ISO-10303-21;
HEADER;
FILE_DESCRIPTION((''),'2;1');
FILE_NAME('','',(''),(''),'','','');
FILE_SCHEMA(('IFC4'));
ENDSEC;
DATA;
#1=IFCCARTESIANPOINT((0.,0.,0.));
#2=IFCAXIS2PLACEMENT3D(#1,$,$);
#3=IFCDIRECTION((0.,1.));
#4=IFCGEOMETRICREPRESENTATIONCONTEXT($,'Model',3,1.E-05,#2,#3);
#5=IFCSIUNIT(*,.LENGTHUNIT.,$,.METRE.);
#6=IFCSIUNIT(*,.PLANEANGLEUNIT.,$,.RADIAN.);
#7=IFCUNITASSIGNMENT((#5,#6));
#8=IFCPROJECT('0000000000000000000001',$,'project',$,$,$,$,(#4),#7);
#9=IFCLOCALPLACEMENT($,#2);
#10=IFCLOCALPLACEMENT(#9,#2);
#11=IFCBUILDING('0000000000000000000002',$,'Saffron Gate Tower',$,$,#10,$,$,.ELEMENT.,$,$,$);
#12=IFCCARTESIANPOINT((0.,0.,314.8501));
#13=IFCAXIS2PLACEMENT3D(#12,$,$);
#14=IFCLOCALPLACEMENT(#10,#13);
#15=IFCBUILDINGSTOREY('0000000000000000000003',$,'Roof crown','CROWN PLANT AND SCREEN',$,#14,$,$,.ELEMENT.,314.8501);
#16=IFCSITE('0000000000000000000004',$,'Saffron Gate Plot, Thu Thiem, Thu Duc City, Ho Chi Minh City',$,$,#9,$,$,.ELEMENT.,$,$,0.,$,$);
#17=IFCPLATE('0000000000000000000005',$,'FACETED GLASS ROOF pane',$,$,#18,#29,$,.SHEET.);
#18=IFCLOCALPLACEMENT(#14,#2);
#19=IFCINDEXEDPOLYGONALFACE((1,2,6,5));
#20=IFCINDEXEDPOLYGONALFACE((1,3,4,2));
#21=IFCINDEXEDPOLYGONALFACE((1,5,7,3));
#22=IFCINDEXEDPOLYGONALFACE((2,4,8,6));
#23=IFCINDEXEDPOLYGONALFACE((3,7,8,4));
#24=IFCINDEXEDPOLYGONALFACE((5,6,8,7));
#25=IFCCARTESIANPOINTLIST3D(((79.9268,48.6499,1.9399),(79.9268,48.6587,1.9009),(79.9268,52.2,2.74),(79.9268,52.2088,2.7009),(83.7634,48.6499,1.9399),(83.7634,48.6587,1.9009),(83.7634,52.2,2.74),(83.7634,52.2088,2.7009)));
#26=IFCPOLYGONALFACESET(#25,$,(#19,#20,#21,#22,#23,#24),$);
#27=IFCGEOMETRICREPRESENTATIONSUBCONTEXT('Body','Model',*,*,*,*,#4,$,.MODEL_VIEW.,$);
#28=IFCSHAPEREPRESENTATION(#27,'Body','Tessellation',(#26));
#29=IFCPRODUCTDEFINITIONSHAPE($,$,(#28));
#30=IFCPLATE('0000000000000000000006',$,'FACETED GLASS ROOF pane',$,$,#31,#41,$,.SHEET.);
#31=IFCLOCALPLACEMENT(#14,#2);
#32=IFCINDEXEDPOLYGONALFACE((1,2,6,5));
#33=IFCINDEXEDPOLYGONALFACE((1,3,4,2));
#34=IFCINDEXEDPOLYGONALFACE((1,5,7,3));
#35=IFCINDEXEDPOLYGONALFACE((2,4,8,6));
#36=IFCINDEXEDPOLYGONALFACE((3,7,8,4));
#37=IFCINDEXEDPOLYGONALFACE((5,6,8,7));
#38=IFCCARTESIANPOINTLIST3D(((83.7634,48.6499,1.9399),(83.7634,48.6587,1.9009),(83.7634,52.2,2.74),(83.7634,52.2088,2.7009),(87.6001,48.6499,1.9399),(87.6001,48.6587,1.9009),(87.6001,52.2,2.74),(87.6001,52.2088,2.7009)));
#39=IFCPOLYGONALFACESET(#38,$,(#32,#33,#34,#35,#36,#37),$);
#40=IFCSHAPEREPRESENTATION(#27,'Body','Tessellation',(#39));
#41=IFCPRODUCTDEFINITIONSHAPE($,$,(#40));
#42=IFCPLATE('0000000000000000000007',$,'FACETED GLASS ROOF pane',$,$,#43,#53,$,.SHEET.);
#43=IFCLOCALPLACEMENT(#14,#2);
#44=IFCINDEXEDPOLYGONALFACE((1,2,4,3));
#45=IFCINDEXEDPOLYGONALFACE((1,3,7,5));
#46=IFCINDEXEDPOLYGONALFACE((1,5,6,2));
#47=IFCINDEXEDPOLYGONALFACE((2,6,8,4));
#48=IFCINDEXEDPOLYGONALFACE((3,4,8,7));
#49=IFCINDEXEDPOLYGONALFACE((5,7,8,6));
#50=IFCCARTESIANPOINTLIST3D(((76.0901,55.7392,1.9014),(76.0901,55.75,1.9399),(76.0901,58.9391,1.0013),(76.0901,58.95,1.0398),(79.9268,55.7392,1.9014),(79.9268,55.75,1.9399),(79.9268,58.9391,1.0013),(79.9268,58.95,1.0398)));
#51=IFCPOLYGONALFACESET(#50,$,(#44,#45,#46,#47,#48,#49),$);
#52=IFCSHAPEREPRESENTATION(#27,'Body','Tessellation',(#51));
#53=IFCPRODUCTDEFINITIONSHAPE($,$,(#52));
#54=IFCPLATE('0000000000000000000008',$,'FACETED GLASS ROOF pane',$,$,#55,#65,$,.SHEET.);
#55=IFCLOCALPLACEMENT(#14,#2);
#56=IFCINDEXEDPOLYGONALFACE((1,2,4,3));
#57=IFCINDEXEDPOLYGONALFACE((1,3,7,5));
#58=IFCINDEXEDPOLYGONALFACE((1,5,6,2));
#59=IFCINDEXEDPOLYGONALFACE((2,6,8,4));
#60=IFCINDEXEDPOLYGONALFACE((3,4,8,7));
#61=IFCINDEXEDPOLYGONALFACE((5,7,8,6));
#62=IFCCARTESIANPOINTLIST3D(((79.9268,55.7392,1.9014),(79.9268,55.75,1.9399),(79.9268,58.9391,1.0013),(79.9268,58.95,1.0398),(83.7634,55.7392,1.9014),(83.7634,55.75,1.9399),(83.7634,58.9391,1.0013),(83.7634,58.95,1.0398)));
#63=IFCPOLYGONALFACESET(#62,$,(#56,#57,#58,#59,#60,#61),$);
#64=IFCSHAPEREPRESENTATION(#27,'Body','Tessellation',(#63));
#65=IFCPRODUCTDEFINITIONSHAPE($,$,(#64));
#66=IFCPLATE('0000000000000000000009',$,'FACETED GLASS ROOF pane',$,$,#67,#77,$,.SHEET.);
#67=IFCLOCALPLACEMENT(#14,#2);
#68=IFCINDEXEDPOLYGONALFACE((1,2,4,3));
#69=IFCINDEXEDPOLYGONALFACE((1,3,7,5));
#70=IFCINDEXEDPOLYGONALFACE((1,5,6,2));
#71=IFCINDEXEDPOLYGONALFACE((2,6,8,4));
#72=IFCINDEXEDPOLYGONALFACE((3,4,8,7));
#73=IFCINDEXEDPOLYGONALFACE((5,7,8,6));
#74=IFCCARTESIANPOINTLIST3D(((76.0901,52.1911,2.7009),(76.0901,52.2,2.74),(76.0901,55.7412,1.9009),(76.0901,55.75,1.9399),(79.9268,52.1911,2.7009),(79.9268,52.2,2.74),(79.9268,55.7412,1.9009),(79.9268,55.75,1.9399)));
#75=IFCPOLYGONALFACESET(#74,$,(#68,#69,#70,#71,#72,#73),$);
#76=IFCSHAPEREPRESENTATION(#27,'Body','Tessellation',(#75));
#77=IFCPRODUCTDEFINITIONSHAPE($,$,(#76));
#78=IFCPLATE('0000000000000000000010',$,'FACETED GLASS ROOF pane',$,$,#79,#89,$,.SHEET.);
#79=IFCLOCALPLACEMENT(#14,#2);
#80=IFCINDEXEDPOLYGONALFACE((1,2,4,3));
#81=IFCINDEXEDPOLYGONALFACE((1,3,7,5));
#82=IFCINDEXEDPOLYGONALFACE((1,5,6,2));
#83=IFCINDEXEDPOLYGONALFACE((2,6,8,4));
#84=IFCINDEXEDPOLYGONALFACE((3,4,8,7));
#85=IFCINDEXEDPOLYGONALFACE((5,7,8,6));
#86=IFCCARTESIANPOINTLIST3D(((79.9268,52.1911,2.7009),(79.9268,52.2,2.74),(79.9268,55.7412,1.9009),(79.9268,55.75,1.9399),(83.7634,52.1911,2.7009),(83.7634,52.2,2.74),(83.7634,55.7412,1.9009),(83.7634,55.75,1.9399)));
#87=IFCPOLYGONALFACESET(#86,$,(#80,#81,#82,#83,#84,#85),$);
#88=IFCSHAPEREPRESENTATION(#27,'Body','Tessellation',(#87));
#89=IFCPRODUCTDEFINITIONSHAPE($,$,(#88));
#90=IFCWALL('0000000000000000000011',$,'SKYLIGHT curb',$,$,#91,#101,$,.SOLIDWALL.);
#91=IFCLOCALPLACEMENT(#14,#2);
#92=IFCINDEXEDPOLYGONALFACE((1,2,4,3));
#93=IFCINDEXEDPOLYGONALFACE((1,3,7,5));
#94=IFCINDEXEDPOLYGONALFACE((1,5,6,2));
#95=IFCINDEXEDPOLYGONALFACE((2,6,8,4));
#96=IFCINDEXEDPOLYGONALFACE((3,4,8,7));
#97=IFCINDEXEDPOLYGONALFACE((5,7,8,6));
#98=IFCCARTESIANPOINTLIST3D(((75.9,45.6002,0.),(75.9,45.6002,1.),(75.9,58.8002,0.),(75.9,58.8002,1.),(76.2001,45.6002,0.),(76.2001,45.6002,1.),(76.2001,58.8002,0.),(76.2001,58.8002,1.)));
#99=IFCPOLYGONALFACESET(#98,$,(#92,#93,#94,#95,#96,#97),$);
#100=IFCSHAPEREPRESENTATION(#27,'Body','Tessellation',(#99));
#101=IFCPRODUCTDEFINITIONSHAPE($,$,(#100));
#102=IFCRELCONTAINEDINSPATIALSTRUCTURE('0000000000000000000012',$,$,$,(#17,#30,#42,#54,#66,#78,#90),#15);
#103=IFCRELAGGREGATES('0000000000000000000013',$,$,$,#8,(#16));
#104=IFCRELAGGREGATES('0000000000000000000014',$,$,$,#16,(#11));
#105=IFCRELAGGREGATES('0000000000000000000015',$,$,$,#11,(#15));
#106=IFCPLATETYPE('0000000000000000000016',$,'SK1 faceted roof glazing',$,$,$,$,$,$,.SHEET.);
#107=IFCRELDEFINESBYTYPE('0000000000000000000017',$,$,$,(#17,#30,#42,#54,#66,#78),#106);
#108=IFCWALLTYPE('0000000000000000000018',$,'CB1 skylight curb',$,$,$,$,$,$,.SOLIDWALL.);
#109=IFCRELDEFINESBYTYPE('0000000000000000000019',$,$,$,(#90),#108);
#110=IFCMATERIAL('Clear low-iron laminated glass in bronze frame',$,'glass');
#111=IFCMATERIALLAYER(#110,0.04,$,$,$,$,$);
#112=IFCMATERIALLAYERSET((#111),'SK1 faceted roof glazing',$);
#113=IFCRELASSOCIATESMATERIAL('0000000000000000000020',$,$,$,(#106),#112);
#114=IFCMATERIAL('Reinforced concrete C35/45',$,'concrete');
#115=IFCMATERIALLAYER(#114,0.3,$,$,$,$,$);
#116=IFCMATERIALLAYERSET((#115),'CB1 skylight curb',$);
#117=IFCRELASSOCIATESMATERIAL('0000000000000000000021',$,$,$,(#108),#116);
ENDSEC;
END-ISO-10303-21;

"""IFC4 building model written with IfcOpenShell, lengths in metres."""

from ifc_helpers import new_model, si_unit, direction, frame, frame_2d, origin, place, context, subcontext, project, spatial, polyline, rectangle, outline, extrude, material, layer, layer_set, type_object, element, save


model = new_model("IFC4")

# Units and contexts
model_context = context("Model", 3, precision=1e-05, world=origin(), true_north=direction((0.0, 1.0)))
body_context = subcontext(model_context, "Body", "Model", "MODEL_VIEW")
ifc_project = project(units=[si_unit("LENGTHUNIT", "METRE"), si_unit("PLANEANGLEUNIT", "RADIAN")], contexts=[model_context])

# Site, building, storey
site_placement = place(None, origin())
site = spatial("IfcSite", under=ifc_project, at=site_placement, Name="Saffron Gate Plot, Thu Thiem, Thu Duc City, Ho Chi Minh City", CompositionType="ELEMENT", RefElevation=0.0)
building_placement = place(site_placement, origin())
building = spatial("IfcBuilding", under=site, at=building_placement, Name="Saffron Gate Tower", CompositionType="ELEMENT")
storey_placement = place(building_placement, frame((0.0, 0.0, 314.8501)))
storey = spatial("IfcBuildingStorey", under=building, at=storey_placement, Name="Roof crown", Description="CROWN PLANT AND SCREEN", CompositionType="ELEMENT", Elevation=314.8501)

# Plates
ifc_material_1 = material(Name="Clear low-iron laminated glass in bronze frame", Category="glass")
ifc_layer_1 = layer(ifc_material_1, 0.04)
ifc_layer_set_1 = layer_set([ifc_layer_1], Name="SK1 faceted roof glazing")
plate_type = type_object("IfcPlateType", Name="SK1 faceted roof glazing", PredefinedType="SHEET", material=ifc_layer_set_1)
for number, where, z_axis, x_axis, name in (
    (1, (79.9268, 48.6499, 1.9399), (0.0, -0.219849, 0.975534), (1.0, 0.0, 0.0), "FACETED GLASS ROOF pane"),
    (2, (83.7634, 48.6499, 1.9399), (0.0, -0.219849, 0.975534), (1.0, 0.0, 0.0), "FACETED GLASS ROOF pane"),
):
    element("IfcPlate", number, at=place(storey_placement, frame(where, z_axis=z_axis, x_axis=x_axis)), inside=storey, type_object=plate_type, Name=name, PredefinedType="SHEET", context=body_context, shape_type="SweptSolid", body=[
        extrude(outline(polyline([(0.0, 0.0), (3.8367, 0.0), (3.8367, 3.6391), (0.0, 3.6391), (0.0, 0.0)])), origin(), (0.0, 0.0, -1.0), 0.04),
    ])
for number, where, z_axis, x_axis, name in (
    (3, (76.0901, 55.75, 1.9399), (0.0, 0.27079, 0.962638), (1.0, 0.0, 0.0), "FACETED GLASS ROOF pane"),
    (4, (79.9268, 55.75, 1.9399), (0.0, 0.27079, 0.962638), (1.0, 0.0, 0.0), "FACETED GLASS ROOF pane"),
):
    element("IfcPlate", number, at=place(storey_placement, frame(where, z_axis=z_axis, x_axis=x_axis)), inside=storey, type_object=plate_type, Name=name, PredefinedType="SHEET", context=body_context, shape_type="SweptSolid", body=[
        extrude(outline(polyline([(0.0, 0.0), (3.8367, 0.0), (3.8367, 3.3241), (0.0, 3.3241), (0.0, 0.0)])), origin(), (0.0, 0.0, -1.0), 0.04),
    ])
for number, where, z_axis, x_axis, name in (
    (5, (76.0901, 52.2, 2.74), (0.0, 0.219849, 0.975534), (1.0, 0.0, 0.0), "FACETED GLASS ROOF pane"),
    (6, (79.9268, 52.2, 2.74), (0.0, 0.219849, 0.975534), (1.0, 0.0, 0.0), "FACETED GLASS ROOF pane"),
):
    element("IfcPlate", number, at=place(storey_placement, frame(where, z_axis=z_axis, x_axis=x_axis)), inside=storey, type_object=plate_type, Name=name, PredefinedType="SHEET", context=body_context, shape_type="SweptSolid", body=[
        extrude(outline(polyline([(0.0, 0.0), (3.8367, 0.0), (3.8367, 3.6391), (0.0, 3.6391), (0.0, 0.0)])), origin(), (0.0, 0.0, -1.0), 0.04),
    ])

# Wall
ifc_material_2 = material(Name="Reinforced concrete C35/45", Category="concrete")
ifc_layer_2 = layer(ifc_material_2, 0.3)
ifc_layer_set_2 = layer_set([ifc_layer_2], Name="CB1 skylight curb")
wall_type = type_object("IfcWallType", Name="CB1 skylight curb", PredefinedType="SOLIDWALL", material=ifc_layer_set_2)
wall_placement = place(storey_placement, frame((76.05, 45.6001, 0.0), z_axis=(0.0, 0.0, 1.0), x_axis=(0.0, 1.0, 0.0)))
element("IfcWall", 7, at=wall_placement, inside=storey, type_object=wall_type, Name="SKYLIGHT curb", PredefinedType="SOLIDWALL", context=body_context, shape_type="SweptSolid", body=[
    extrude(rectangle(XDim=13.2, YDim=0.3, at=frame_2d((6.6001, 0.0))), origin(), (0.0, 0.0, 1.0), 1.0),
])

save(model, "model.ifc")
